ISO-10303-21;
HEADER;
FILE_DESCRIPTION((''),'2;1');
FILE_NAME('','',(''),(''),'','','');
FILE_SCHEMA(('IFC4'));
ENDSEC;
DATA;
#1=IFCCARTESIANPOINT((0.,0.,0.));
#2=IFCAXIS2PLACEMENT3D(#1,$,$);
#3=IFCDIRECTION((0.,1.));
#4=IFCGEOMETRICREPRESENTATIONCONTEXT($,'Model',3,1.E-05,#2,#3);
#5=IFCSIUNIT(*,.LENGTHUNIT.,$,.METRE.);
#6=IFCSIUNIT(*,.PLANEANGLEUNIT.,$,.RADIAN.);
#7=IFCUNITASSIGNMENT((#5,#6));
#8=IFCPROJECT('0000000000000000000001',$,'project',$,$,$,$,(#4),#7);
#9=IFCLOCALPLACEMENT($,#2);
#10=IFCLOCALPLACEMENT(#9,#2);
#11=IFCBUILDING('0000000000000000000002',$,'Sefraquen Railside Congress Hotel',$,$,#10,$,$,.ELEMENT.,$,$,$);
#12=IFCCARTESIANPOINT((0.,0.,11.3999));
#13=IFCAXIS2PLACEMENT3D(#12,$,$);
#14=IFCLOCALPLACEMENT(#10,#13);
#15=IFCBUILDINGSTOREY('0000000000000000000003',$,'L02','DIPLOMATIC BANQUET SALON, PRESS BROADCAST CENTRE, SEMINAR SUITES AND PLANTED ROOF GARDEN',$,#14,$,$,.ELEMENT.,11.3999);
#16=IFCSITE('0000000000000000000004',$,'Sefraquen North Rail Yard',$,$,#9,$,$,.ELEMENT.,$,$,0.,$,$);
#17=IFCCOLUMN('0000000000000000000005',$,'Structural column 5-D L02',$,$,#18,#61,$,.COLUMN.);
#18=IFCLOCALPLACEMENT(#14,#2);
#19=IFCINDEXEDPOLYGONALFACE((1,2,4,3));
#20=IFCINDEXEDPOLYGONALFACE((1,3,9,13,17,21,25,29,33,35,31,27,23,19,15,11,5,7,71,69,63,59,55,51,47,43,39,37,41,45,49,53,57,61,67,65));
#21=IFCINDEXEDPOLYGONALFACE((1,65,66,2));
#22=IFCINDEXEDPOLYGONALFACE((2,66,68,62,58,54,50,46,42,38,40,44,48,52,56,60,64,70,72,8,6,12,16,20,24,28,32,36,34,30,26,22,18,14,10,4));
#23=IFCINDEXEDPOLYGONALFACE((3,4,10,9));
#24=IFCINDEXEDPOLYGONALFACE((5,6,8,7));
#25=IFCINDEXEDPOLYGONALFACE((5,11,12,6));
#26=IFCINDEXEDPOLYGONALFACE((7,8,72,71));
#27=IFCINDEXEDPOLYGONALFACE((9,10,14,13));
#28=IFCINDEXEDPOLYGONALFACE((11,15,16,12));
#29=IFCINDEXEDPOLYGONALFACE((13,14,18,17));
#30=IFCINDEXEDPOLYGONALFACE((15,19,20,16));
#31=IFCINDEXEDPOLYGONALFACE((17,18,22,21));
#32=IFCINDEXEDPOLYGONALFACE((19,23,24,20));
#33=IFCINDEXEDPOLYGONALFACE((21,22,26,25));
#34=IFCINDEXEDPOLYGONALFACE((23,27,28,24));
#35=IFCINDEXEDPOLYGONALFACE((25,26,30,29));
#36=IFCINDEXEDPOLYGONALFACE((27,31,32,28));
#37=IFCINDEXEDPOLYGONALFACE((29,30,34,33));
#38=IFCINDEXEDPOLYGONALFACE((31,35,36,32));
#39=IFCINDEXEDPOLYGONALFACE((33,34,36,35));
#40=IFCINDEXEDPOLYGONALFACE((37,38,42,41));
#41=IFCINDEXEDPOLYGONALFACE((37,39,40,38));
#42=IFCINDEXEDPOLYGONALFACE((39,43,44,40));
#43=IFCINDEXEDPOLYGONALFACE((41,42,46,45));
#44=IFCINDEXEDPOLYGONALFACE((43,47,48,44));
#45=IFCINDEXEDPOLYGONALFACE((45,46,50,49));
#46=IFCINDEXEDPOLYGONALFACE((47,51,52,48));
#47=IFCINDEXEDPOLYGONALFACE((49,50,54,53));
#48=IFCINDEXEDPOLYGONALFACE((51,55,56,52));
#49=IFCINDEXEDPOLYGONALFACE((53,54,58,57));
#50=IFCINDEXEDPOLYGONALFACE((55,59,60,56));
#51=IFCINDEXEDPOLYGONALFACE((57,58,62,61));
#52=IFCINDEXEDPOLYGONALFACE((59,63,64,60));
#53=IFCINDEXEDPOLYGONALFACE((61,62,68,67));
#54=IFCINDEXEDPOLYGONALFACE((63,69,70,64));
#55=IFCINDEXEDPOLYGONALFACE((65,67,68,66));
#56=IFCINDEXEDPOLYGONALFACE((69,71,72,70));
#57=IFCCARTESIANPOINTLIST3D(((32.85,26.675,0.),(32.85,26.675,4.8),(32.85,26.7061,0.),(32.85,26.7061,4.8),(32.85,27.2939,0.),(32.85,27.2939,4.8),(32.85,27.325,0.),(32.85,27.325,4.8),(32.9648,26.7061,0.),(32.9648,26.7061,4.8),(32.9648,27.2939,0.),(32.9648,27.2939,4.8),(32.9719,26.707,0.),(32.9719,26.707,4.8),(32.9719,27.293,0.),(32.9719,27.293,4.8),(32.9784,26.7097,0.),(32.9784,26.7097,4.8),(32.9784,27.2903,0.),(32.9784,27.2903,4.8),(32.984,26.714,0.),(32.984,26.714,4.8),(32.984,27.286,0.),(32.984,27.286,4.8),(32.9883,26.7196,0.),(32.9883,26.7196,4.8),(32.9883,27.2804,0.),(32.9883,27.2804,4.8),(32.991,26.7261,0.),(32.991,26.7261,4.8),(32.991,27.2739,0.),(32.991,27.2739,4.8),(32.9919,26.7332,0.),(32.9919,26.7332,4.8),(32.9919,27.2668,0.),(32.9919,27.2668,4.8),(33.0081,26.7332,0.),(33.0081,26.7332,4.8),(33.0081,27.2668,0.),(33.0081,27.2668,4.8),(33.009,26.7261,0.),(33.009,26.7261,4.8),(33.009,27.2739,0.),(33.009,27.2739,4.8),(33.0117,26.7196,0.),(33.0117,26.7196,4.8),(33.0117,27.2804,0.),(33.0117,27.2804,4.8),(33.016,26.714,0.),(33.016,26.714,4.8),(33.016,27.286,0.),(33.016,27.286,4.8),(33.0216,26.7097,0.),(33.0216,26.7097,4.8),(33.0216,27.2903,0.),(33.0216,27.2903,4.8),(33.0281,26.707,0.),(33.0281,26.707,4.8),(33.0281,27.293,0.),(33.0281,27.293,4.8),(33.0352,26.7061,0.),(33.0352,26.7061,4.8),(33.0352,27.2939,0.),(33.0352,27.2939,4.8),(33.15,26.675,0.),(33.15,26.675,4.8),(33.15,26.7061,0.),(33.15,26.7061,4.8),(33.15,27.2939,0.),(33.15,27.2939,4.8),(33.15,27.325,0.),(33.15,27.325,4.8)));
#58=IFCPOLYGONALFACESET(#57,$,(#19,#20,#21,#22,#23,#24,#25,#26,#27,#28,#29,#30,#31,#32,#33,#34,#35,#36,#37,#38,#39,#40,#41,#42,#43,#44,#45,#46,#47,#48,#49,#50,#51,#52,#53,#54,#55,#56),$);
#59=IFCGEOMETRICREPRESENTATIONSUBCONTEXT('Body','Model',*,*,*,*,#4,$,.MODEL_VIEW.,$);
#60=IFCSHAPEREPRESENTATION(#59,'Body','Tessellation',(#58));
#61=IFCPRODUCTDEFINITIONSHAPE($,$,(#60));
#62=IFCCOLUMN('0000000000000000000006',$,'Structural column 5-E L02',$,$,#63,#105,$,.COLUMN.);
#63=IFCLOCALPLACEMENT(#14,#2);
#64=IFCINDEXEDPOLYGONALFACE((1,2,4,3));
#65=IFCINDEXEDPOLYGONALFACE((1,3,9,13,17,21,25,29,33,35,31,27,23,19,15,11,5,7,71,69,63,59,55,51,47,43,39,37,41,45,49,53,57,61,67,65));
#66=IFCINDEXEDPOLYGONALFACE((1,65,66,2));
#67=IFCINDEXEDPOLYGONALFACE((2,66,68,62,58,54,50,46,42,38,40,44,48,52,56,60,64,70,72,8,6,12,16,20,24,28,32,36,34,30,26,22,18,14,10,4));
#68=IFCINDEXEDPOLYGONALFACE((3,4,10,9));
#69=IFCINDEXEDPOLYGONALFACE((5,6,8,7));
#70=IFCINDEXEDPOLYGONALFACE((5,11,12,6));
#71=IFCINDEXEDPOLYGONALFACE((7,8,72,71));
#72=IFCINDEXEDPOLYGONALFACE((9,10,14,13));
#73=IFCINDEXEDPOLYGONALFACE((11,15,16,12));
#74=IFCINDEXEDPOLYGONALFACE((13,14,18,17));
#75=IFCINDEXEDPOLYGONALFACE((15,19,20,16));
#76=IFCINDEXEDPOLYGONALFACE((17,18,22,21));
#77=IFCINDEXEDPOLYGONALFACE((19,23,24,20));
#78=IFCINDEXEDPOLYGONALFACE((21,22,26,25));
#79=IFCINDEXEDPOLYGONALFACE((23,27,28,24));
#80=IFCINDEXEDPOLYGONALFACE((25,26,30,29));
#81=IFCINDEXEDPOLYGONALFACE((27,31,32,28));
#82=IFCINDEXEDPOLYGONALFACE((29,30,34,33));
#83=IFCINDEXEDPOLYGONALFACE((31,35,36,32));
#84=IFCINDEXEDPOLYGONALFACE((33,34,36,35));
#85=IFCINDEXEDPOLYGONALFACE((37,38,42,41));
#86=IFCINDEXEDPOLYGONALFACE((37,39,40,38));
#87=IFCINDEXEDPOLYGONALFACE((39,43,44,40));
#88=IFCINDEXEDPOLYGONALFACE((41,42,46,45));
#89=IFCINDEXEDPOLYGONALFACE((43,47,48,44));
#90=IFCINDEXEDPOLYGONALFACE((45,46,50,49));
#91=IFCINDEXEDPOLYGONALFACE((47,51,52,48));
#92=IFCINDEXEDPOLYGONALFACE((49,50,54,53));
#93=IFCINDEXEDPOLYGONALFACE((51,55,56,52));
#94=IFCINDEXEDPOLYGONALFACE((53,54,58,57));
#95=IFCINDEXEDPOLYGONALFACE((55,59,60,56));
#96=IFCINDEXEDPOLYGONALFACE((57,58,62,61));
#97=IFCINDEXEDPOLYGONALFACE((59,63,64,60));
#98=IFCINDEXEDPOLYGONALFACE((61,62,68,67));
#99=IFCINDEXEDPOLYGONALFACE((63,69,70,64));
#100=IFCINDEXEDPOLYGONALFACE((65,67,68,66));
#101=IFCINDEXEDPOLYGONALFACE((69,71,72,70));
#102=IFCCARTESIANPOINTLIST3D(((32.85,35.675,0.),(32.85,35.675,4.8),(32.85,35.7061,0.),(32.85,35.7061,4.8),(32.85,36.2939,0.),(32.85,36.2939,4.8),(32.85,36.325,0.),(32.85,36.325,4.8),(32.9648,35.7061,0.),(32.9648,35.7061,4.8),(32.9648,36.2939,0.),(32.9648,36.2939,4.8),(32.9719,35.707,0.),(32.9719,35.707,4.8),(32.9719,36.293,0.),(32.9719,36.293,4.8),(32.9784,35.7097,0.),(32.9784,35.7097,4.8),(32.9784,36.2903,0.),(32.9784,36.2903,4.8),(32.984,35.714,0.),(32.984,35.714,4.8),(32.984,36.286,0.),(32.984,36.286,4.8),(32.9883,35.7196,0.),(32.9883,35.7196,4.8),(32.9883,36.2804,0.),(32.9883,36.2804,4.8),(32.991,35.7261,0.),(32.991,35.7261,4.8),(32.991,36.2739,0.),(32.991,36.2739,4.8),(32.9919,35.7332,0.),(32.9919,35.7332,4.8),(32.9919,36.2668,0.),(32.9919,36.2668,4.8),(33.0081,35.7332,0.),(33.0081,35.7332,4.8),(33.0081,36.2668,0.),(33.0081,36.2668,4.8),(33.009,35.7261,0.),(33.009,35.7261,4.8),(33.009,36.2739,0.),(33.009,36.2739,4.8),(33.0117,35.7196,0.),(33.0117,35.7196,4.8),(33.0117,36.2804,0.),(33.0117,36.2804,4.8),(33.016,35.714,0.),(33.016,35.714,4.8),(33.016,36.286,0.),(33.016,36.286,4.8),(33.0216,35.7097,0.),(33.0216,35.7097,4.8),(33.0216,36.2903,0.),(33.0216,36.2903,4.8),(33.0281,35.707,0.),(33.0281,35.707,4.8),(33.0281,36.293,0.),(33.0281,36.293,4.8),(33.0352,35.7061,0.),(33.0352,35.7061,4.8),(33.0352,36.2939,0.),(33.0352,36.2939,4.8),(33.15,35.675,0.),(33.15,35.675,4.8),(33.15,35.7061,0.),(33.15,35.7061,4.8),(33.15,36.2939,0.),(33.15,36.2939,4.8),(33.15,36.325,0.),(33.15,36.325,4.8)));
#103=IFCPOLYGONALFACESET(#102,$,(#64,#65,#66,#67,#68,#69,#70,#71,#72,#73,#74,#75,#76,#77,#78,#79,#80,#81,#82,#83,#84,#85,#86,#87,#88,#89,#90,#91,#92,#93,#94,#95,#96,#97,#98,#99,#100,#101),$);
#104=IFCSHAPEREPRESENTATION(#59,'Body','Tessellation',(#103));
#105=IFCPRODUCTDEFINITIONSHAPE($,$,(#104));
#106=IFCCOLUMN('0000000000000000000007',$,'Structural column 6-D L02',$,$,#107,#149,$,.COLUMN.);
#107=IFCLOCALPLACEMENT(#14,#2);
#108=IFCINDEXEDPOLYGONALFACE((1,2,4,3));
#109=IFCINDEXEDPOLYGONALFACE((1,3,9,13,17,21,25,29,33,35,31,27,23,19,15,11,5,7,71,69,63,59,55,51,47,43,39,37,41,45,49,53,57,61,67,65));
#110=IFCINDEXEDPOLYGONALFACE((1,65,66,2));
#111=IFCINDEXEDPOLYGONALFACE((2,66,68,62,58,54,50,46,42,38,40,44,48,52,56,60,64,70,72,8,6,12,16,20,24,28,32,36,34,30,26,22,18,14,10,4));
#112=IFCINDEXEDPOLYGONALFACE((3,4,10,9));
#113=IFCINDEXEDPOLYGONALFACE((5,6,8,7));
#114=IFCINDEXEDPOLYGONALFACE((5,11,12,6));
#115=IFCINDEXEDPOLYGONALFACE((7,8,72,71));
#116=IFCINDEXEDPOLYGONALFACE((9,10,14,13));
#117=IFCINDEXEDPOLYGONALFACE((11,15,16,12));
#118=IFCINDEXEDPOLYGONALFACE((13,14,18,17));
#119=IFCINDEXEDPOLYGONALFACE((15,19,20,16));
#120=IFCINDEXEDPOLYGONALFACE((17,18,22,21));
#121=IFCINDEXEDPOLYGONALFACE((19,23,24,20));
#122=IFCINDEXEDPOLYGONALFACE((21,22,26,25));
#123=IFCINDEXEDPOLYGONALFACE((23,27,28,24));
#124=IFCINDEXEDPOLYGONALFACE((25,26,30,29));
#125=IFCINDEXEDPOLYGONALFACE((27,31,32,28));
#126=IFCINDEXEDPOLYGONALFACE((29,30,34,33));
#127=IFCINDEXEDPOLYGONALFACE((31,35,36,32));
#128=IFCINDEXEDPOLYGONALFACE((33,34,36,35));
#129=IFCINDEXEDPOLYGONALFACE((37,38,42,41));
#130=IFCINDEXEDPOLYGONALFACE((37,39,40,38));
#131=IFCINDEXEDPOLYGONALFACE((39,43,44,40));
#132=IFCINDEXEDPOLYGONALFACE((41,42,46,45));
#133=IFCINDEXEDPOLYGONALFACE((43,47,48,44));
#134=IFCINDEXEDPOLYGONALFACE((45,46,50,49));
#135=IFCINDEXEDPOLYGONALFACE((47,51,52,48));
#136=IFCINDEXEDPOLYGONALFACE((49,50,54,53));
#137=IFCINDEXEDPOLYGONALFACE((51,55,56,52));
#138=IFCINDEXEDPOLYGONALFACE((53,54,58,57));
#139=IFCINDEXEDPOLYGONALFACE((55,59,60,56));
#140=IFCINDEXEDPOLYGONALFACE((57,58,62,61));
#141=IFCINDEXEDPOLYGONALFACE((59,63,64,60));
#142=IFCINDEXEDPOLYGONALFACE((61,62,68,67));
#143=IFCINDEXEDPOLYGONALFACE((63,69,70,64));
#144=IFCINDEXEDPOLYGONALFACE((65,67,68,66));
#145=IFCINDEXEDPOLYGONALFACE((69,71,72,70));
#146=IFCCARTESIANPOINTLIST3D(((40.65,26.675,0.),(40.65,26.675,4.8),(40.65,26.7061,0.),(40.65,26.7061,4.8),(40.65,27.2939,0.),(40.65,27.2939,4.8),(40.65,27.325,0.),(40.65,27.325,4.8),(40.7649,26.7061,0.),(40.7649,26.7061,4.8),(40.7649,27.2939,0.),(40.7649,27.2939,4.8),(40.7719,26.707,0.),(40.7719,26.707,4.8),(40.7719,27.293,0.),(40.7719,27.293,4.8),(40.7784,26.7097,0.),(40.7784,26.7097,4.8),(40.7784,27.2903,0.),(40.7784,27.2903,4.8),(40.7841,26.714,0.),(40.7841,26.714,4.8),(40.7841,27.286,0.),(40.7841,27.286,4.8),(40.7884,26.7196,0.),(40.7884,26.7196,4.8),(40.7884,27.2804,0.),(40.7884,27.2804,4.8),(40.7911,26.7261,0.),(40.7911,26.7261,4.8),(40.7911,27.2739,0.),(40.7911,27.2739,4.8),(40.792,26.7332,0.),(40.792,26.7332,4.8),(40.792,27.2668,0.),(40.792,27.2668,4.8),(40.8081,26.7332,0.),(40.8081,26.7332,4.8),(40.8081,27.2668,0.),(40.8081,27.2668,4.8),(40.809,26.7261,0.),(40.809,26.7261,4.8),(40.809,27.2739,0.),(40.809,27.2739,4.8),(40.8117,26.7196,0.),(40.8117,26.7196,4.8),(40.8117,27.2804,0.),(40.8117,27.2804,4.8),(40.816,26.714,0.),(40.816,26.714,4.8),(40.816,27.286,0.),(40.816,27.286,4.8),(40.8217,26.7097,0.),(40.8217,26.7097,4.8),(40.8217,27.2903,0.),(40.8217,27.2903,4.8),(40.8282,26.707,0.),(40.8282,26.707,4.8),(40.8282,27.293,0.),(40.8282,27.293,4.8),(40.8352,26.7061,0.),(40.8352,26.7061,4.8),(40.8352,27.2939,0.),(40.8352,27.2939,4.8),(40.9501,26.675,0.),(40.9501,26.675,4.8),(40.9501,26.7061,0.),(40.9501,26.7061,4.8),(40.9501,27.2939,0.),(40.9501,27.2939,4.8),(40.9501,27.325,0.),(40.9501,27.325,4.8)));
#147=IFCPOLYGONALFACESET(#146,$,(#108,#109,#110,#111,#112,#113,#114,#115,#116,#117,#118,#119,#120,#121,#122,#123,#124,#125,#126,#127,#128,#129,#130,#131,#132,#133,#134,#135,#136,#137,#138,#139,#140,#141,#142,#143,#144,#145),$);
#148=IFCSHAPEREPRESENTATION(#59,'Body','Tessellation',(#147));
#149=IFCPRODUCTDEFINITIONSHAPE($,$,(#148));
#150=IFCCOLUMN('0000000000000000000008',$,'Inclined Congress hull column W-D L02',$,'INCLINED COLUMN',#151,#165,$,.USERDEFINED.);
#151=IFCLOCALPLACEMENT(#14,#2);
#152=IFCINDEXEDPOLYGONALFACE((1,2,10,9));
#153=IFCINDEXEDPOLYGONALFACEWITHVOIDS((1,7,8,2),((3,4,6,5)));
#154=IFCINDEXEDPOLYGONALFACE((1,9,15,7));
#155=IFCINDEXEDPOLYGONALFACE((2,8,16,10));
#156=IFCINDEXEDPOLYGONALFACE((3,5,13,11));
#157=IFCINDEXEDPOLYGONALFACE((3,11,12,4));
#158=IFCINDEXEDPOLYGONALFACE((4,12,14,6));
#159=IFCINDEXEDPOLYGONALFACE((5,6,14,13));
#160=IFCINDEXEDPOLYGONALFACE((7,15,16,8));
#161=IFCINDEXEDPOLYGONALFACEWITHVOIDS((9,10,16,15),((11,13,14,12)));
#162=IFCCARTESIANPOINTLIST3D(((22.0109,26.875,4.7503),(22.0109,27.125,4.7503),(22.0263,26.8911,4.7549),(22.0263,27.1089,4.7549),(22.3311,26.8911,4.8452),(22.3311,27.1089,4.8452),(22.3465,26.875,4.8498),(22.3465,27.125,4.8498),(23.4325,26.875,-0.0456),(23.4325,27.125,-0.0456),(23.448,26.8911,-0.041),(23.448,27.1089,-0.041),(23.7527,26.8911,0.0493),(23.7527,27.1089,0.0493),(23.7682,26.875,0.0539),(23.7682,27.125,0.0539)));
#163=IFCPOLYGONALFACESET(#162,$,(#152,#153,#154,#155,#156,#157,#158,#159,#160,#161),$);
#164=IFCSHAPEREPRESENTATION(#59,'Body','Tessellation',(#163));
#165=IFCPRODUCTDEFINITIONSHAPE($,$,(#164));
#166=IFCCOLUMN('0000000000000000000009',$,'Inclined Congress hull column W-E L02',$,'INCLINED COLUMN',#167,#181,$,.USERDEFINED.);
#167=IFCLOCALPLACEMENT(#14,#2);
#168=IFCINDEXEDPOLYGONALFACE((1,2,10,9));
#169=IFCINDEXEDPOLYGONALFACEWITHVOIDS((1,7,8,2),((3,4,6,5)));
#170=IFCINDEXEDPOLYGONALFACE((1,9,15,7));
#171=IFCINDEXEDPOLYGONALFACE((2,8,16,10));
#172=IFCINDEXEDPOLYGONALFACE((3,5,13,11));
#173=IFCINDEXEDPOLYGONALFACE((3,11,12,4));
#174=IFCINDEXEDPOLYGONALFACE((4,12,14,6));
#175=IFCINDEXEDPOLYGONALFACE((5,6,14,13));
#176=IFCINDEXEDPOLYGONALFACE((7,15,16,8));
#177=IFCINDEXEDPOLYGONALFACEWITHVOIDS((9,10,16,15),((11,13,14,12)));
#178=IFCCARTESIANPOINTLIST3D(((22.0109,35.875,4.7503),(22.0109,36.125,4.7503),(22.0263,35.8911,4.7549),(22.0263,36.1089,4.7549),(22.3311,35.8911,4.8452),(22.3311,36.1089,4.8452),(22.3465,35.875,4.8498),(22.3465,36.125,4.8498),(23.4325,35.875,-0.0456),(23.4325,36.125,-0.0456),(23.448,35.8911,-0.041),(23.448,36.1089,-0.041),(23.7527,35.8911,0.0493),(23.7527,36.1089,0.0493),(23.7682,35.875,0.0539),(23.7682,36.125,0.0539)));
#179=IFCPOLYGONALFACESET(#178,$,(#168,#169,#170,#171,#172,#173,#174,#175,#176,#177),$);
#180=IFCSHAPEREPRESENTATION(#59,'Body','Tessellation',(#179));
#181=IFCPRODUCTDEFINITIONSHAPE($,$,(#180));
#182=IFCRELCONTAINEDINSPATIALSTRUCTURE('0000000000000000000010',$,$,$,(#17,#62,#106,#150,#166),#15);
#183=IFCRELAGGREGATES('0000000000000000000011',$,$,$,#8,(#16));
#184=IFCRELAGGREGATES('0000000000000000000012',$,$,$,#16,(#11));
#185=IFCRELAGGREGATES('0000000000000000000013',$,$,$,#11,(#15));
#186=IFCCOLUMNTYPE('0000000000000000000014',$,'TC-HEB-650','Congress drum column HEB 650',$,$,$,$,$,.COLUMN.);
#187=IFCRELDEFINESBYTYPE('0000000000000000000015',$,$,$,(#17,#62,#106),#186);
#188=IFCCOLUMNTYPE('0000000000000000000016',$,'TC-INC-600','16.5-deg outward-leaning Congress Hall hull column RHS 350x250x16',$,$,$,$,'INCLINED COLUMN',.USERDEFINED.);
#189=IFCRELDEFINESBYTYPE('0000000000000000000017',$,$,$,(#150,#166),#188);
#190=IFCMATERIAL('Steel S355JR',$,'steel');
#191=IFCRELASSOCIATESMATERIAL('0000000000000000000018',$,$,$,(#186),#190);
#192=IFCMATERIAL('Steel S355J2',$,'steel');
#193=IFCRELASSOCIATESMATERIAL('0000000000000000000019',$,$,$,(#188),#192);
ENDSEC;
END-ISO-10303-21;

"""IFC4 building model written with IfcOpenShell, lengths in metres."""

from ifc_helpers import new_model, si_unit, direction, frame, origin, origin_2d, place, context, subcontext, project, spatial, hollow_rectangle, i_section, extrude, material, material_profile, profile_set, type_object, element, save


model = new_model("IFC4")

# Units and contexts
model_context = context("Model", 3, precision=1e-05, world=origin(), true_north=direction((0.0, 1.0)))
body_context = subcontext(model_context, "Body", "Model", "MODEL_VIEW")
ifc_project = project(units=[si_unit("LENGTHUNIT", "METRE"), si_unit("PLANEANGLEUNIT", "RADIAN")], contexts=[model_context])

# Site, building, storey
site_placement = place(None, origin())
site = spatial("IfcSite", under=ifc_project, at=site_placement, Name="Sefraquen North Rail Yard", CompositionType="ELEMENT", RefElevation=0.0)
building_placement = place(site_placement, origin())
building = spatial("IfcBuilding", under=site, at=building_placement, Name="Sefraquen Railside Congress Hotel", CompositionType="ELEMENT")
storey_placement = place(building_placement, frame((0.0, 0.0, 11.3999)))
storey = spatial("IfcBuildingStorey", under=building, at=storey_placement, Name="L02", Description="DIPLOMATIC BANQUET SALON, PRESS BROADCAST CENTRE, SEMINAR SUITES AND PLANTED ROOF GARDEN", CompositionType="ELEMENT", Elevation=11.3999)

# Columns
ifc_material_1 = material(Name="Steel S355JR", Category="steel")
ifc_material_profile_1 = material_profile(ifc_material_1, i_section(OverallWidth=0.3, OverallDepth=0.6499, WebThickness=0.0161, FlangeThickness=0.031, FilletRadius=0.0271, at=origin_2d()), Name="HEB 650")
ifc_profile_set_1 = profile_set([ifc_material_profile_1], Name="Steel S355JR")
column_type_1 = type_object("IfcColumnType", Name="TC-HEB-650", Description="Congress drum column HEB 650", PredefinedType="COLUMN", material=ifc_profile_set_1)
for number, where, z_axis, x_axis, name in (
    (1, (33.0, 27.0, 0.0), (0.0, 0.0, 1.0), (1.0, 0.0, 0.0), "Structural column 5-D L02"),
    (2, (33.0, 36.0, 0.0), (0.0, 0.0, 1.0), (1.0, 0.0, 0.0), "Structural column 5-E L02"),
    (3, (40.8, 27.0, 0.0), (0.0, 0.0, 1.0), (1.0, 0.0, 0.0), "Structural column 6-D L02"),
):
    element("IfcColumn", number, at=place(storey_placement, frame(where, z_axis=z_axis, x_axis=x_axis)), inside=storey, type_object=column_type_1, Name=name, PredefinedType="COLUMN", context=body_context, shape_type="SweptSolid", body=[
        extrude(i_section(OverallWidth=0.3, OverallDepth=0.6499, WebThickness=0.0161, FlangeThickness=0.031, FilletRadius=0.0271, at=origin_2d()), origin(), (0.0, 0.0, 1.0), 4.8),
    ])
ifc_material_2 = material(Name="Steel S355J2", Category="steel")
ifc_material_profile_2 = material_profile(ifc_material_2, hollow_rectangle(XDim=0.25, YDim=0.3501, WallThickness=0.0161, at=origin_2d()), Name="RHS 350x250x16")
ifc_profile_set_2 = profile_set([ifc_material_profile_2], Name="Steel S355J2")
column_type_2 = type_object("IfcColumnType", Name="TC-INC-600", Description="16.5-deg outward-leaning Congress Hall hull column RHS 350x250x16", ElementType="INCLINED COLUMN", PredefinedType="USERDEFINED", material=ifc_profile_set_2)
for number, where, z_axis, x_axis, name in (
    (4, (23.6003, 27.0, 0.0042), (-0.284203, 0.0, 0.958764), (0.0, -1.0, 0.0), "Inclined Congress hull column W-D L02"),
    (5, (23.6003, 36.0, 0.0042), (-0.284203, 0.0, 0.958764), (0.0, -1.0, 0.0), "Inclined Congress hull column W-E L02"),
):
    element("IfcColumn", number, at=place(storey_placement, frame(where, z_axis=z_axis, x_axis=x_axis)), inside=storey, type_object=column_type_2, Name=name, ObjectType="INCLINED COLUMN", PredefinedType="USERDEFINED", context=body_context, shape_type="SweptSolid", body=[
        extrude(hollow_rectangle(XDim=0.25, YDim=0.3501, WallThickness=0.0161, at=origin_2d()), origin(), (0.0, 0.0, 1.0), 5.0022),
    ])

save(model, "model.ifc")
